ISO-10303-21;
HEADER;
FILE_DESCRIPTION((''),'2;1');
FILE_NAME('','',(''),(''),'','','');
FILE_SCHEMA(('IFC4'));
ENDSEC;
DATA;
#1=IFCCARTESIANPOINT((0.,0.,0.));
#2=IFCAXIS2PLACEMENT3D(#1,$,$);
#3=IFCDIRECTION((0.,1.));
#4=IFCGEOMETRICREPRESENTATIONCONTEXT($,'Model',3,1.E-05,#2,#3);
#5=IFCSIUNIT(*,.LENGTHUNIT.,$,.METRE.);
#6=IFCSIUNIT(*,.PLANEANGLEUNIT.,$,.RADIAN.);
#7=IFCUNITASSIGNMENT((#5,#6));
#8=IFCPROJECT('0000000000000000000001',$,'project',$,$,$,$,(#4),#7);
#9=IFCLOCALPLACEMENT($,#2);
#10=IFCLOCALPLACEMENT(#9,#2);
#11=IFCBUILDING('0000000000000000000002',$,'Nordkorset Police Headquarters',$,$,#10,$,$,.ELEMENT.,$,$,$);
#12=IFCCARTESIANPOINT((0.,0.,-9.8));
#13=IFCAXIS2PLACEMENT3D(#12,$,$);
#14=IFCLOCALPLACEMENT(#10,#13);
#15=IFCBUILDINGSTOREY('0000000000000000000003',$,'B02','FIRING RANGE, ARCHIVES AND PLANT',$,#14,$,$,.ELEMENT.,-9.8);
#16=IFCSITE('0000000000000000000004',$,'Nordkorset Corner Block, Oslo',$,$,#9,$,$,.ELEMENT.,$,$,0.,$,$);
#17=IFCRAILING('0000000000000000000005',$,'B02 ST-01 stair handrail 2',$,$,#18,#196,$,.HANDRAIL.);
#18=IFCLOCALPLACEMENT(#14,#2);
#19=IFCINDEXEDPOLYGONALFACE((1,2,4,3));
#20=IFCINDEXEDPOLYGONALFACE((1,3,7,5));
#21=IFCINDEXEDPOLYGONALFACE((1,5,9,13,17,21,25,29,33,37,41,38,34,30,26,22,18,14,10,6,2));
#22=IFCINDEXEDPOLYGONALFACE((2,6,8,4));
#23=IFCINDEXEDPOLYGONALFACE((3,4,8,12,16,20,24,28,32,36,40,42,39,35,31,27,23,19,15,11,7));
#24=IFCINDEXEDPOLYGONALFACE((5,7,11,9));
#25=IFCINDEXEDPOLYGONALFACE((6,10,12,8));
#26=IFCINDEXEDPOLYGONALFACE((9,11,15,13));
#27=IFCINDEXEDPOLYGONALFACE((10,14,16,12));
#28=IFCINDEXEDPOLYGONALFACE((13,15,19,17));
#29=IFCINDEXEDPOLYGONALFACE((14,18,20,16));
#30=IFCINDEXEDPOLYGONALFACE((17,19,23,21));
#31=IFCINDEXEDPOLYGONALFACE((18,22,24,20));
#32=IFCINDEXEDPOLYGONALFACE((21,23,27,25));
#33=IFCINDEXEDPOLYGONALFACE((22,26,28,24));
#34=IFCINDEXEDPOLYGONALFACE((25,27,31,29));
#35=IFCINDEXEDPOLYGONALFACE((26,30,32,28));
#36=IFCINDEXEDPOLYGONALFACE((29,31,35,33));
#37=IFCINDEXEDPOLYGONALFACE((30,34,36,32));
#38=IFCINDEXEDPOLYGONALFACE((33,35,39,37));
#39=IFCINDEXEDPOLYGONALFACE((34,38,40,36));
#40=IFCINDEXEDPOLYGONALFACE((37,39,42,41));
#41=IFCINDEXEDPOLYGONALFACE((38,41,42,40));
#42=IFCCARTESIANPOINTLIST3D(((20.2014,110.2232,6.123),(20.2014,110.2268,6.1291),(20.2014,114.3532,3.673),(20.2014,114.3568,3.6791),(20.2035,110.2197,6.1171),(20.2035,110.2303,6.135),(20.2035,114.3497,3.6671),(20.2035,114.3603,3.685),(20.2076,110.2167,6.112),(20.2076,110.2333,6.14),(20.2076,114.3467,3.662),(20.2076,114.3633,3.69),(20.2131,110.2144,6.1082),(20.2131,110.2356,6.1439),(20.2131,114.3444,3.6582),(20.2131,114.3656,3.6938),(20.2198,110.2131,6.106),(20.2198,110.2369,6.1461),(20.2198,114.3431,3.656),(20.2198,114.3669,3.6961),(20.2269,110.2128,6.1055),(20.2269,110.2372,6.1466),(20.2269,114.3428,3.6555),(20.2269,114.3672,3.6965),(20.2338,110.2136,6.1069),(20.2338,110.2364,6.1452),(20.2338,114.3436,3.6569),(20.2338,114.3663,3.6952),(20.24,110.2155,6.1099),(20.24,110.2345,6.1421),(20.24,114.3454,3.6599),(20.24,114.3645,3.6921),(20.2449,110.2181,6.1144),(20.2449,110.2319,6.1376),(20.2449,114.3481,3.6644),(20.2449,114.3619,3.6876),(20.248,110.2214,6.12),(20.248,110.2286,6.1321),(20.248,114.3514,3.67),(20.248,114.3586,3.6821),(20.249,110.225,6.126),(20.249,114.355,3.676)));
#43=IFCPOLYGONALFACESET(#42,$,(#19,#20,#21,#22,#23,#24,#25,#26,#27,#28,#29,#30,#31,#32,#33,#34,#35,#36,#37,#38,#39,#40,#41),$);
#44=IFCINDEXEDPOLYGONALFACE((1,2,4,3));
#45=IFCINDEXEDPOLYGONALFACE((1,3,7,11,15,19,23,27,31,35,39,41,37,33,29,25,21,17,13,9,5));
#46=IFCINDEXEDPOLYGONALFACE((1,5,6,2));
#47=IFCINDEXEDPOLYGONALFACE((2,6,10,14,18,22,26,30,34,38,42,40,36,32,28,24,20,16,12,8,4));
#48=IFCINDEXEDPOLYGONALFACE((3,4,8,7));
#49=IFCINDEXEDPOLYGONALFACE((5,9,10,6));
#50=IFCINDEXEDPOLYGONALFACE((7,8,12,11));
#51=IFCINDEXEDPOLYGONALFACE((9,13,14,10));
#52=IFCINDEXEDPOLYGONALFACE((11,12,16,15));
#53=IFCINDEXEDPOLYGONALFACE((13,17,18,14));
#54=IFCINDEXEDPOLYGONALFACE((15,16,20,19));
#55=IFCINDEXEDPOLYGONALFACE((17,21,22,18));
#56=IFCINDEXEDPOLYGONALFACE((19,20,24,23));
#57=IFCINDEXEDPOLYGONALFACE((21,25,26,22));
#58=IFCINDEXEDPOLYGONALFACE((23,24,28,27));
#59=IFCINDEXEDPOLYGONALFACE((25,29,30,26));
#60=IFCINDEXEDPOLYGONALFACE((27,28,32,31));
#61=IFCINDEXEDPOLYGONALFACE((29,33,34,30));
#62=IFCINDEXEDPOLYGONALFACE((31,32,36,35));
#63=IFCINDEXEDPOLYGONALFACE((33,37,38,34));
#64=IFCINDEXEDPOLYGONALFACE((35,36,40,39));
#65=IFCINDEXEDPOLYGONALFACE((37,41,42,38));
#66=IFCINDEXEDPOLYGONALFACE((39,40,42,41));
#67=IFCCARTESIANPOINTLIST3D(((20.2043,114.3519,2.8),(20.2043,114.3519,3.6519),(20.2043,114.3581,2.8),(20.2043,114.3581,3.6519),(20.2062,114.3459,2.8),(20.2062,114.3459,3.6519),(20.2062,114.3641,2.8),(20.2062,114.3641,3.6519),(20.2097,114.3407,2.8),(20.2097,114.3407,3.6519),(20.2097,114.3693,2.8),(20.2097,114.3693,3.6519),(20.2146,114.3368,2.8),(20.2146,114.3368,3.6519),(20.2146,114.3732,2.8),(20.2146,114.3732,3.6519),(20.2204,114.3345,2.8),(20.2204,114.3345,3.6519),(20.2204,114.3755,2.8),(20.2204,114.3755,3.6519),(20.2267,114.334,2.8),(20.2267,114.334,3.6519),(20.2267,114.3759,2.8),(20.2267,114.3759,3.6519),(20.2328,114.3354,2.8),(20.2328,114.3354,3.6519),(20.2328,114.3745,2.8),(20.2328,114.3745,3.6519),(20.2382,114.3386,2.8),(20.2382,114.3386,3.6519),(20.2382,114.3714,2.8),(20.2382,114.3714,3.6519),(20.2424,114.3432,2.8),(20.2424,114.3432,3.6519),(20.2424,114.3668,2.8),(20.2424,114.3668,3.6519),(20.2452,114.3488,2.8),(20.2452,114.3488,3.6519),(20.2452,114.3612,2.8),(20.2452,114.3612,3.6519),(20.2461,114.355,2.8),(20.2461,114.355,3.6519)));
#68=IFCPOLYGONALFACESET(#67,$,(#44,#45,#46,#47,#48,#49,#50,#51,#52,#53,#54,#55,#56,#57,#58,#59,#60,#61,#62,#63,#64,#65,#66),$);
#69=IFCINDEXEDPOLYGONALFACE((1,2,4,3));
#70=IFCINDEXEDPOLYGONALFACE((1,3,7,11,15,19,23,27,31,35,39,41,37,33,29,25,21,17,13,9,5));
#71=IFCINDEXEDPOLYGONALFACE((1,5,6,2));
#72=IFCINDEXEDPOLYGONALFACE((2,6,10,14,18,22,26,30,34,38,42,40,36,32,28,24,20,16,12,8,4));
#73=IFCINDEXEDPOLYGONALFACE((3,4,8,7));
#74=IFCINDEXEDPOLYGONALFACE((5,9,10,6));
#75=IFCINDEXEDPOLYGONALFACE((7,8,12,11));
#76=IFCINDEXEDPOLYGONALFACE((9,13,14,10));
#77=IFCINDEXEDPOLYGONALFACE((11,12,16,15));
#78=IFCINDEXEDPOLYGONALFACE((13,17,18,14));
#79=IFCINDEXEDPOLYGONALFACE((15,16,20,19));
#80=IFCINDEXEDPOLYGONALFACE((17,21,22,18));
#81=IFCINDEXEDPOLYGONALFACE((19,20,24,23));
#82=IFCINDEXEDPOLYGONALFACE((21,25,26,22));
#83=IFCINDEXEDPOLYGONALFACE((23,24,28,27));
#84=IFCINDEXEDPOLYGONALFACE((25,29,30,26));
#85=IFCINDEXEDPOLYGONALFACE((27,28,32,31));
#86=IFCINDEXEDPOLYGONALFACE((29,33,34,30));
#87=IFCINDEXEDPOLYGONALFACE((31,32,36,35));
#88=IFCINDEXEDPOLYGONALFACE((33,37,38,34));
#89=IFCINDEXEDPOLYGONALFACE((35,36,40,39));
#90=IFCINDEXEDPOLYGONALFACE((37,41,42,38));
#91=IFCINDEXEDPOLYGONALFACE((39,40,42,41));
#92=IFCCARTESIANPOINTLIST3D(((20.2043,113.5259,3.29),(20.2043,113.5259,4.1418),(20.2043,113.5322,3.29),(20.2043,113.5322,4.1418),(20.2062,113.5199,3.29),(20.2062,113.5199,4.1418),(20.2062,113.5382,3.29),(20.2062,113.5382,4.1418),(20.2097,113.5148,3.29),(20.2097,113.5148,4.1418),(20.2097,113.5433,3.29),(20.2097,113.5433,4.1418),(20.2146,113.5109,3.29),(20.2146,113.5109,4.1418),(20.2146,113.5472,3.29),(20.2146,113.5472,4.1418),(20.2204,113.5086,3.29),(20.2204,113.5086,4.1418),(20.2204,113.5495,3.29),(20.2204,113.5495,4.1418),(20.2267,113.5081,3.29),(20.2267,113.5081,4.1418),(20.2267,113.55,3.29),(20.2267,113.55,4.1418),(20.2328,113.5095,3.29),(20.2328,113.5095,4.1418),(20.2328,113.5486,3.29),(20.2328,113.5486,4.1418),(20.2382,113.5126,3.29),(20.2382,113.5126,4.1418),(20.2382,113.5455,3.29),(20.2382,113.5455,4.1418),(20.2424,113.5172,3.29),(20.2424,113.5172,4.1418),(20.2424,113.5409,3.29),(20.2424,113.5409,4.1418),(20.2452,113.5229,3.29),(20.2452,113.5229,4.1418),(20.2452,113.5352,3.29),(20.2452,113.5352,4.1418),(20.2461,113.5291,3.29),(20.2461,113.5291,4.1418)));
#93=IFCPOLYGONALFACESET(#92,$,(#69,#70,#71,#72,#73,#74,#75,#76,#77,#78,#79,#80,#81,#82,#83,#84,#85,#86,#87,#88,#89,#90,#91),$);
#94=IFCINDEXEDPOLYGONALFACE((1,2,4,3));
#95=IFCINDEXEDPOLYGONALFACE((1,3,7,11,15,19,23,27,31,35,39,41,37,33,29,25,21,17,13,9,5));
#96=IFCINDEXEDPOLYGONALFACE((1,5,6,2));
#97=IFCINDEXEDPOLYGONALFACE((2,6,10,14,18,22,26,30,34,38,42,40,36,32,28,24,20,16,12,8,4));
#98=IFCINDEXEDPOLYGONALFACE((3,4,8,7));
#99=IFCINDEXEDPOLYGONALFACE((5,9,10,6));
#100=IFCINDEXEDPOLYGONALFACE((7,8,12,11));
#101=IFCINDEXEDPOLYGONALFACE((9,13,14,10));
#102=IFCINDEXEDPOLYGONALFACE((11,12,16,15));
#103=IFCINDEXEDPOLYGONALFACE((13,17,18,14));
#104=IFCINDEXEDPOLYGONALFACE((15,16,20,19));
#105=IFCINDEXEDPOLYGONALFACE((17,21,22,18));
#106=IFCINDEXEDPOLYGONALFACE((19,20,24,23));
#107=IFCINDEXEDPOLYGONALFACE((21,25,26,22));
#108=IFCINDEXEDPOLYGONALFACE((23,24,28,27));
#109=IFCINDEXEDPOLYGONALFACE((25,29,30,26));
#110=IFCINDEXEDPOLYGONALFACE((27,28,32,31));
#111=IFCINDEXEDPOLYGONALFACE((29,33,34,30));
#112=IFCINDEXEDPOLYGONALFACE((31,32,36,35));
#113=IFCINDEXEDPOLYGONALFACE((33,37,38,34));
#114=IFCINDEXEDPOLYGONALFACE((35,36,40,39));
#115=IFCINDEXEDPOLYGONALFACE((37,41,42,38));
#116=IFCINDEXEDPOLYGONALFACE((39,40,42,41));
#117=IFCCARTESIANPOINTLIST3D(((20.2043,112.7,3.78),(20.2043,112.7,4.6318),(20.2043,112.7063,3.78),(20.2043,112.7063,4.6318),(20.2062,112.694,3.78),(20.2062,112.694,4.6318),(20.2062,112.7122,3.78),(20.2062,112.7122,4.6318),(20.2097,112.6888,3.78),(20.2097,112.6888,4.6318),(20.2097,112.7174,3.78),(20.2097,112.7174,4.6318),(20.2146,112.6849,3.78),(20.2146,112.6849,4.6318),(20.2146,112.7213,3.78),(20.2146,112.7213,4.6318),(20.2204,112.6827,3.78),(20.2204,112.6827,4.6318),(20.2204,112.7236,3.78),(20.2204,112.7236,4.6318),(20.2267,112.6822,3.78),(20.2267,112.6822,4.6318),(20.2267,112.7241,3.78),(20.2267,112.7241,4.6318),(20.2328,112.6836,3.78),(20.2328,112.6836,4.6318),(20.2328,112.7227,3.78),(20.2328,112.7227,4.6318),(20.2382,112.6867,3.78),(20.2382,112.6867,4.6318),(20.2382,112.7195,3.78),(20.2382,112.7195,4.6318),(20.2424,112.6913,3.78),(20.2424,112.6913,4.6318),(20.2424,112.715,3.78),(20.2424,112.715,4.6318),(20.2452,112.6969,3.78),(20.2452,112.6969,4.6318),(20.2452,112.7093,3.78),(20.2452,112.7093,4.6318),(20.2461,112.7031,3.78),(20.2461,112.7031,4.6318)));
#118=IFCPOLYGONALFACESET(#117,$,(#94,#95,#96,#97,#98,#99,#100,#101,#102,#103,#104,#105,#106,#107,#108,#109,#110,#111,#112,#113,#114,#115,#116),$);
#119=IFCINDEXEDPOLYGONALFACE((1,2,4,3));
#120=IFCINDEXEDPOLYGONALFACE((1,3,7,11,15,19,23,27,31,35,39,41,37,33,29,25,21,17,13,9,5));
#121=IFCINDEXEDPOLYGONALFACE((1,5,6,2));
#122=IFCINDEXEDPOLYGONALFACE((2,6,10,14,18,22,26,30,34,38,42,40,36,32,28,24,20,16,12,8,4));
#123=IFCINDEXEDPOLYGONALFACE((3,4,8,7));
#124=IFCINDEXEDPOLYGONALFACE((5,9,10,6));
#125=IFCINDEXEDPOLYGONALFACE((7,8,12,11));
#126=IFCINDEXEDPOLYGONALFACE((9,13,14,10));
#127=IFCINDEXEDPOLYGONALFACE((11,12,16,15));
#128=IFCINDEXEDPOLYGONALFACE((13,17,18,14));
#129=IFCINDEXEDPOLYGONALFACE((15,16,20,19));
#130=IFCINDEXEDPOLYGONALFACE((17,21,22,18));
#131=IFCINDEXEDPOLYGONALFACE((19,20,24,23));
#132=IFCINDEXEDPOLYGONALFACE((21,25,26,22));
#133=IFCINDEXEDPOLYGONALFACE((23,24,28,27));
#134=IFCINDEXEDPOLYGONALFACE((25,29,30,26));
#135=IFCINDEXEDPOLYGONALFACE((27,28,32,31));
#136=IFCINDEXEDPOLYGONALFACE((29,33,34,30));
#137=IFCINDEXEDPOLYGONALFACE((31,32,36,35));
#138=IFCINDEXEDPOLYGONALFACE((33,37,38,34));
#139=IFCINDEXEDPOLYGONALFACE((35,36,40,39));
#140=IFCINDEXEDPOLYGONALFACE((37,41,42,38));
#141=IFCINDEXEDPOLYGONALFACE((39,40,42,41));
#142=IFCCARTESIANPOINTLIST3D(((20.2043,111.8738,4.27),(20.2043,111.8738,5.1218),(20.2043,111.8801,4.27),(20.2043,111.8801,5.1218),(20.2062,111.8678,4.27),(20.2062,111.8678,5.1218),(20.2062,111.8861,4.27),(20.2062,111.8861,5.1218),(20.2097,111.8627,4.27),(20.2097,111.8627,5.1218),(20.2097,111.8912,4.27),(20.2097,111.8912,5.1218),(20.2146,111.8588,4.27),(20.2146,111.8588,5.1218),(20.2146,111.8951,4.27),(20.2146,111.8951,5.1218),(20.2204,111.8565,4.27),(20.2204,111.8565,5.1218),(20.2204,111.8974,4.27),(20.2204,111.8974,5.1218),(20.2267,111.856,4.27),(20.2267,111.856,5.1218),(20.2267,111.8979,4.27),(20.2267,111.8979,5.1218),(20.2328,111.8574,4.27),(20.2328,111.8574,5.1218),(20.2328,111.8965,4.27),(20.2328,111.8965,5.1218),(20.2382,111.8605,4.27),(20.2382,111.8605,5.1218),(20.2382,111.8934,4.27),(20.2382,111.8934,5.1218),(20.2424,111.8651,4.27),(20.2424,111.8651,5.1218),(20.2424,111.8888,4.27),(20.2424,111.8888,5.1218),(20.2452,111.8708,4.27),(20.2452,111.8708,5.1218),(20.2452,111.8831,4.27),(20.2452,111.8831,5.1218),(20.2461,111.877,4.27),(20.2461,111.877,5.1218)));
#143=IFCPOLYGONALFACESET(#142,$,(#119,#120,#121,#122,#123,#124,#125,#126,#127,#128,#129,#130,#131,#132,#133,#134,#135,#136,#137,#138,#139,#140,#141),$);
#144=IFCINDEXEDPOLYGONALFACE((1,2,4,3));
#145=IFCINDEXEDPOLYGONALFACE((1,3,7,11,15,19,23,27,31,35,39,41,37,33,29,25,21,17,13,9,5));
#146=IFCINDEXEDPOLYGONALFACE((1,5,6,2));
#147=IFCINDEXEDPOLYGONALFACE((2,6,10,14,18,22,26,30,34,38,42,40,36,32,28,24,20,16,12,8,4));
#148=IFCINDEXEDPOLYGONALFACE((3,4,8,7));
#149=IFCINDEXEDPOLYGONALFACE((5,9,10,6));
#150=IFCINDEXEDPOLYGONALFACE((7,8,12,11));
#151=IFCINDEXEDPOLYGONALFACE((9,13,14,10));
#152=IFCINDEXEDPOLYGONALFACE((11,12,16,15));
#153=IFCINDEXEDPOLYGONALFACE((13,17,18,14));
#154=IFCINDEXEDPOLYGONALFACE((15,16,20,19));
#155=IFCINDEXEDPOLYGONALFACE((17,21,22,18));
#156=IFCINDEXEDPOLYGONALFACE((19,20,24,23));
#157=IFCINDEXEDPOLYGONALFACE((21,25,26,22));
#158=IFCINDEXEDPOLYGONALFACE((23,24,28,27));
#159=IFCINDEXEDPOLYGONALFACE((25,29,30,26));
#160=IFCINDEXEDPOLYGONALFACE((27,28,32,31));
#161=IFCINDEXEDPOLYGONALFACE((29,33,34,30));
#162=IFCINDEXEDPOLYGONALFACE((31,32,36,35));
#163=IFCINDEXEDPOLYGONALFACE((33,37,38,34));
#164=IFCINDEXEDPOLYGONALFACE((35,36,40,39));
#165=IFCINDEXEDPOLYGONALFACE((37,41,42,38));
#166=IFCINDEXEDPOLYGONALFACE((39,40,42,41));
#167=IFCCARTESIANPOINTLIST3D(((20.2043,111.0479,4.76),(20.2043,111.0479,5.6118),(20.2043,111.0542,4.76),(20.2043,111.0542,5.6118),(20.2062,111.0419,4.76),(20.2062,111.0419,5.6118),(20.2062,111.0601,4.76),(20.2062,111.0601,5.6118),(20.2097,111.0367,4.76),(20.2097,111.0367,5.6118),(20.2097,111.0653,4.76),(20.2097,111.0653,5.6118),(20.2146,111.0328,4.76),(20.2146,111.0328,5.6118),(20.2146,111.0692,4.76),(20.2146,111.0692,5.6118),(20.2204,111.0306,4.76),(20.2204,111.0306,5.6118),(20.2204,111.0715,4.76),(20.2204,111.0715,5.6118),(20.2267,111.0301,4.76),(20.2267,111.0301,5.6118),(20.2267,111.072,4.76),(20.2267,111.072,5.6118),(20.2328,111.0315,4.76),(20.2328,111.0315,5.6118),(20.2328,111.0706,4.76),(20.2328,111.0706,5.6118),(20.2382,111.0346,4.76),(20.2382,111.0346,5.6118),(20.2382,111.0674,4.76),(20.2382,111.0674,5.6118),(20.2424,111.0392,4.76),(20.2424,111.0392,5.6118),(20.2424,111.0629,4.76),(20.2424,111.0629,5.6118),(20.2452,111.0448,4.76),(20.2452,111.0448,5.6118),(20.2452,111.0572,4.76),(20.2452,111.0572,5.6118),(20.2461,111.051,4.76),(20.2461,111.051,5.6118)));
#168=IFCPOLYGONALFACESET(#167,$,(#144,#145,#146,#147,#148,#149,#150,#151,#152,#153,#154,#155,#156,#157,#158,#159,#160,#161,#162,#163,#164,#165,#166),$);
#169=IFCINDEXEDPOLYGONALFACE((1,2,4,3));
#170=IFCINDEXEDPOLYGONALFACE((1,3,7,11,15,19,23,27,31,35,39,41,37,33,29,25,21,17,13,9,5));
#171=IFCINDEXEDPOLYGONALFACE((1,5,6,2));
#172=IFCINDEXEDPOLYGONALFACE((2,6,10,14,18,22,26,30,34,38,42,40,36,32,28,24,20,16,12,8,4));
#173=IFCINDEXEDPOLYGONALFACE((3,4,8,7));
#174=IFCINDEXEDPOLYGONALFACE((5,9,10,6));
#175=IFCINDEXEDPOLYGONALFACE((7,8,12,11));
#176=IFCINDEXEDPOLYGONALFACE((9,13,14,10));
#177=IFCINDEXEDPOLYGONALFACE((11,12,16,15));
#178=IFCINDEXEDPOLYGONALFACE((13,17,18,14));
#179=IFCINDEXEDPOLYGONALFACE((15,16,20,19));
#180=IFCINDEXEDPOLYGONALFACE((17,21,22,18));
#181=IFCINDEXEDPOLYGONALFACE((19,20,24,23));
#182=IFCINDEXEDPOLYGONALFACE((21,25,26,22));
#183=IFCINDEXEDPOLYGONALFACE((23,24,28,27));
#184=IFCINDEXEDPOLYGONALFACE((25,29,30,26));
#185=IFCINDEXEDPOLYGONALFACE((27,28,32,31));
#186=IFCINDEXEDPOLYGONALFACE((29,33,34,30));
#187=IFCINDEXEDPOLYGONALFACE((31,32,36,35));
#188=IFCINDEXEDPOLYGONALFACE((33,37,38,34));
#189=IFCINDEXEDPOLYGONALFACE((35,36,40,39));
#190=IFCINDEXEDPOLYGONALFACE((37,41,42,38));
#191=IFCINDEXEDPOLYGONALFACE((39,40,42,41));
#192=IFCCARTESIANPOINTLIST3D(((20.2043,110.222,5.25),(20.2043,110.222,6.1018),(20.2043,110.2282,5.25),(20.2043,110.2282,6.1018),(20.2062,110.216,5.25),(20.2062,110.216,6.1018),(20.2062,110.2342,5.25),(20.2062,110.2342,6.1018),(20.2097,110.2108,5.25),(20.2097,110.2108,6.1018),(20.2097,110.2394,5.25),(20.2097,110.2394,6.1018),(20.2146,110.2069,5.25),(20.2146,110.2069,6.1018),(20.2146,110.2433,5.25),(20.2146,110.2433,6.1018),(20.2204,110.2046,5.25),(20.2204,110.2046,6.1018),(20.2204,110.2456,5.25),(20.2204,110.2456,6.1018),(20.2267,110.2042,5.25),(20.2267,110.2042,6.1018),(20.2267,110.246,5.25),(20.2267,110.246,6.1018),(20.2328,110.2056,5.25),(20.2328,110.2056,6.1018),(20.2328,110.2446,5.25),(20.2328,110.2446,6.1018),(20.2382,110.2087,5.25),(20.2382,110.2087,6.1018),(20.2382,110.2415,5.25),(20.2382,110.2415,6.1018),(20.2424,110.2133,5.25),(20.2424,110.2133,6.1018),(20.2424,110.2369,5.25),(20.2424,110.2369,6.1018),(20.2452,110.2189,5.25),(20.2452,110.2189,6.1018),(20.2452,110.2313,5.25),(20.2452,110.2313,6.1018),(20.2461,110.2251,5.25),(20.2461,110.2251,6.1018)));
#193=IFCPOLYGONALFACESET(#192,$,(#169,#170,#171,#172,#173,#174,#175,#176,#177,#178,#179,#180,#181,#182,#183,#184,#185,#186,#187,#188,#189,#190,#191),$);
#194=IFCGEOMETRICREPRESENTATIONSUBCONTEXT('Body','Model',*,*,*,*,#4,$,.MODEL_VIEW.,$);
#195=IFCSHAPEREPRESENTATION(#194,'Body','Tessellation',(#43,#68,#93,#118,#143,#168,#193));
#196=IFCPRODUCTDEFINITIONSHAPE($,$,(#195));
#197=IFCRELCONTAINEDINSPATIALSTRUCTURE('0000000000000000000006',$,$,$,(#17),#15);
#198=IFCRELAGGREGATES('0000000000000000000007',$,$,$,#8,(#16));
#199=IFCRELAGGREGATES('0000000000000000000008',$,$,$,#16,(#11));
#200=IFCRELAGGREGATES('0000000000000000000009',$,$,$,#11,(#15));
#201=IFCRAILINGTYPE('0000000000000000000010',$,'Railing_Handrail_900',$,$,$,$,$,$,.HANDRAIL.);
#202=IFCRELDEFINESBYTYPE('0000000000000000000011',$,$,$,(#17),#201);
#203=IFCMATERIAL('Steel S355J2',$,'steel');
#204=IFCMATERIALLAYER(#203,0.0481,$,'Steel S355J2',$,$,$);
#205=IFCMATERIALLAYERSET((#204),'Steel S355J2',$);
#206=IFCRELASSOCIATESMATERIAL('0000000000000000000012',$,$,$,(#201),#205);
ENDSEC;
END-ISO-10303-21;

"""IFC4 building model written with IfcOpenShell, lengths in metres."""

from ifc_helpers import new_model, si_unit, direction, frame, origin, origin_2d, place, context, subcontext, project, spatial, circle, extrude, material, layer, layer_set, type_object, element, save


model = new_model("IFC4")

# Units and contexts
model_context = context("Model", 3, precision=1e-05, world=origin(), true_north=direction((0.0, 1.0)))
body_context = subcontext(model_context, "Body", "Model", "MODEL_VIEW")
ifc_project = project(units=[si_unit("LENGTHUNIT", "METRE"), si_unit("PLANEANGLEUNIT", "RADIAN")], contexts=[model_context])

# Site, building, storey
site_placement = place(None, origin())
site = spatial("IfcSite", under=ifc_project, at=site_placement, Name="Nordkorset Corner Block, Oslo", CompositionType="ELEMENT", RefElevation=0.0)
building_placement = place(site_placement, origin())
building = spatial("IfcBuilding", under=site, at=building_placement, Name="Nordkorset Police Headquarters", CompositionType="ELEMENT")
storey_placement = place(building_placement, frame((0.0, 0.0, -9.8)))
storey = spatial("IfcBuildingStorey", under=building, at=storey_placement, Name="B02", Description="FIRING RANGE, ARCHIVES AND PLANT", CompositionType="ELEMENT", Elevation=-9.8)

# Railing
ifc_material_1 = material(Name="Steel S355J2", Category="steel")
ifc_layer_1 = layer(ifc_material_1, 0.0481, Name="Steel S355J2")
ifc_layer_set_1 = layer_set([ifc_layer_1], Name="Steel S355J2")
railing_type_1 = type_object("IfcRailingType", Name="Railing_Handrail_900", PredefinedType="HANDRAIL", material=ifc_layer_set_1)
railing_1_placement = place(storey_placement, frame((20.2251, 114.355, 2.8)))
element("IfcRailing", 1, at=railing_1_placement, inside=storey, type_object=railing_type_1, Name="B02 ST-01 stair handrail 2", PredefinedType="HANDRAIL", context=body_context, shape_type="SweptSolid", body=[
    extrude(circle(Radius=0.0239, at=origin_2d()), frame((0.0, 0.0, 0.876), z_axis=(0.0, -0.860053, 0.510205), x_axis=(1.0, 0.0, 0.0)), (0.0, 0.0, 1.0), 4.802),
    extrude(circle(Radius=0.021, at=origin_2d()), origin(), (0.0, 0.0, 1.0), 0.8518),
    extrude(circle(Radius=0.021, at=origin_2d()), frame((0.0, -0.8259, 0.49)), (0.0, 0.0, 1.0), 0.8518),
    extrude(circle(Radius=0.021, at=origin_2d()), frame((0.0, -1.6519, 0.98)), (0.0, 0.0, 1.0), 0.8518),
    extrude(circle(Radius=0.021, at=origin_2d()), frame((0.0, -2.478, 1.47)), (0.0, 0.0, 1.0), 0.8518),
    extrude(circle(Radius=0.021, at=origin_2d()), frame((0.0, -3.304, 1.96)), (0.0, 0.0, 1.0), 0.8518),
    extrude(circle(Radius=0.021, at=origin_2d()), frame((0.0, -4.1299, 2.45)), (0.0, 0.0, 1.0), 0.8518),
])

save(model, "model.ifc")
